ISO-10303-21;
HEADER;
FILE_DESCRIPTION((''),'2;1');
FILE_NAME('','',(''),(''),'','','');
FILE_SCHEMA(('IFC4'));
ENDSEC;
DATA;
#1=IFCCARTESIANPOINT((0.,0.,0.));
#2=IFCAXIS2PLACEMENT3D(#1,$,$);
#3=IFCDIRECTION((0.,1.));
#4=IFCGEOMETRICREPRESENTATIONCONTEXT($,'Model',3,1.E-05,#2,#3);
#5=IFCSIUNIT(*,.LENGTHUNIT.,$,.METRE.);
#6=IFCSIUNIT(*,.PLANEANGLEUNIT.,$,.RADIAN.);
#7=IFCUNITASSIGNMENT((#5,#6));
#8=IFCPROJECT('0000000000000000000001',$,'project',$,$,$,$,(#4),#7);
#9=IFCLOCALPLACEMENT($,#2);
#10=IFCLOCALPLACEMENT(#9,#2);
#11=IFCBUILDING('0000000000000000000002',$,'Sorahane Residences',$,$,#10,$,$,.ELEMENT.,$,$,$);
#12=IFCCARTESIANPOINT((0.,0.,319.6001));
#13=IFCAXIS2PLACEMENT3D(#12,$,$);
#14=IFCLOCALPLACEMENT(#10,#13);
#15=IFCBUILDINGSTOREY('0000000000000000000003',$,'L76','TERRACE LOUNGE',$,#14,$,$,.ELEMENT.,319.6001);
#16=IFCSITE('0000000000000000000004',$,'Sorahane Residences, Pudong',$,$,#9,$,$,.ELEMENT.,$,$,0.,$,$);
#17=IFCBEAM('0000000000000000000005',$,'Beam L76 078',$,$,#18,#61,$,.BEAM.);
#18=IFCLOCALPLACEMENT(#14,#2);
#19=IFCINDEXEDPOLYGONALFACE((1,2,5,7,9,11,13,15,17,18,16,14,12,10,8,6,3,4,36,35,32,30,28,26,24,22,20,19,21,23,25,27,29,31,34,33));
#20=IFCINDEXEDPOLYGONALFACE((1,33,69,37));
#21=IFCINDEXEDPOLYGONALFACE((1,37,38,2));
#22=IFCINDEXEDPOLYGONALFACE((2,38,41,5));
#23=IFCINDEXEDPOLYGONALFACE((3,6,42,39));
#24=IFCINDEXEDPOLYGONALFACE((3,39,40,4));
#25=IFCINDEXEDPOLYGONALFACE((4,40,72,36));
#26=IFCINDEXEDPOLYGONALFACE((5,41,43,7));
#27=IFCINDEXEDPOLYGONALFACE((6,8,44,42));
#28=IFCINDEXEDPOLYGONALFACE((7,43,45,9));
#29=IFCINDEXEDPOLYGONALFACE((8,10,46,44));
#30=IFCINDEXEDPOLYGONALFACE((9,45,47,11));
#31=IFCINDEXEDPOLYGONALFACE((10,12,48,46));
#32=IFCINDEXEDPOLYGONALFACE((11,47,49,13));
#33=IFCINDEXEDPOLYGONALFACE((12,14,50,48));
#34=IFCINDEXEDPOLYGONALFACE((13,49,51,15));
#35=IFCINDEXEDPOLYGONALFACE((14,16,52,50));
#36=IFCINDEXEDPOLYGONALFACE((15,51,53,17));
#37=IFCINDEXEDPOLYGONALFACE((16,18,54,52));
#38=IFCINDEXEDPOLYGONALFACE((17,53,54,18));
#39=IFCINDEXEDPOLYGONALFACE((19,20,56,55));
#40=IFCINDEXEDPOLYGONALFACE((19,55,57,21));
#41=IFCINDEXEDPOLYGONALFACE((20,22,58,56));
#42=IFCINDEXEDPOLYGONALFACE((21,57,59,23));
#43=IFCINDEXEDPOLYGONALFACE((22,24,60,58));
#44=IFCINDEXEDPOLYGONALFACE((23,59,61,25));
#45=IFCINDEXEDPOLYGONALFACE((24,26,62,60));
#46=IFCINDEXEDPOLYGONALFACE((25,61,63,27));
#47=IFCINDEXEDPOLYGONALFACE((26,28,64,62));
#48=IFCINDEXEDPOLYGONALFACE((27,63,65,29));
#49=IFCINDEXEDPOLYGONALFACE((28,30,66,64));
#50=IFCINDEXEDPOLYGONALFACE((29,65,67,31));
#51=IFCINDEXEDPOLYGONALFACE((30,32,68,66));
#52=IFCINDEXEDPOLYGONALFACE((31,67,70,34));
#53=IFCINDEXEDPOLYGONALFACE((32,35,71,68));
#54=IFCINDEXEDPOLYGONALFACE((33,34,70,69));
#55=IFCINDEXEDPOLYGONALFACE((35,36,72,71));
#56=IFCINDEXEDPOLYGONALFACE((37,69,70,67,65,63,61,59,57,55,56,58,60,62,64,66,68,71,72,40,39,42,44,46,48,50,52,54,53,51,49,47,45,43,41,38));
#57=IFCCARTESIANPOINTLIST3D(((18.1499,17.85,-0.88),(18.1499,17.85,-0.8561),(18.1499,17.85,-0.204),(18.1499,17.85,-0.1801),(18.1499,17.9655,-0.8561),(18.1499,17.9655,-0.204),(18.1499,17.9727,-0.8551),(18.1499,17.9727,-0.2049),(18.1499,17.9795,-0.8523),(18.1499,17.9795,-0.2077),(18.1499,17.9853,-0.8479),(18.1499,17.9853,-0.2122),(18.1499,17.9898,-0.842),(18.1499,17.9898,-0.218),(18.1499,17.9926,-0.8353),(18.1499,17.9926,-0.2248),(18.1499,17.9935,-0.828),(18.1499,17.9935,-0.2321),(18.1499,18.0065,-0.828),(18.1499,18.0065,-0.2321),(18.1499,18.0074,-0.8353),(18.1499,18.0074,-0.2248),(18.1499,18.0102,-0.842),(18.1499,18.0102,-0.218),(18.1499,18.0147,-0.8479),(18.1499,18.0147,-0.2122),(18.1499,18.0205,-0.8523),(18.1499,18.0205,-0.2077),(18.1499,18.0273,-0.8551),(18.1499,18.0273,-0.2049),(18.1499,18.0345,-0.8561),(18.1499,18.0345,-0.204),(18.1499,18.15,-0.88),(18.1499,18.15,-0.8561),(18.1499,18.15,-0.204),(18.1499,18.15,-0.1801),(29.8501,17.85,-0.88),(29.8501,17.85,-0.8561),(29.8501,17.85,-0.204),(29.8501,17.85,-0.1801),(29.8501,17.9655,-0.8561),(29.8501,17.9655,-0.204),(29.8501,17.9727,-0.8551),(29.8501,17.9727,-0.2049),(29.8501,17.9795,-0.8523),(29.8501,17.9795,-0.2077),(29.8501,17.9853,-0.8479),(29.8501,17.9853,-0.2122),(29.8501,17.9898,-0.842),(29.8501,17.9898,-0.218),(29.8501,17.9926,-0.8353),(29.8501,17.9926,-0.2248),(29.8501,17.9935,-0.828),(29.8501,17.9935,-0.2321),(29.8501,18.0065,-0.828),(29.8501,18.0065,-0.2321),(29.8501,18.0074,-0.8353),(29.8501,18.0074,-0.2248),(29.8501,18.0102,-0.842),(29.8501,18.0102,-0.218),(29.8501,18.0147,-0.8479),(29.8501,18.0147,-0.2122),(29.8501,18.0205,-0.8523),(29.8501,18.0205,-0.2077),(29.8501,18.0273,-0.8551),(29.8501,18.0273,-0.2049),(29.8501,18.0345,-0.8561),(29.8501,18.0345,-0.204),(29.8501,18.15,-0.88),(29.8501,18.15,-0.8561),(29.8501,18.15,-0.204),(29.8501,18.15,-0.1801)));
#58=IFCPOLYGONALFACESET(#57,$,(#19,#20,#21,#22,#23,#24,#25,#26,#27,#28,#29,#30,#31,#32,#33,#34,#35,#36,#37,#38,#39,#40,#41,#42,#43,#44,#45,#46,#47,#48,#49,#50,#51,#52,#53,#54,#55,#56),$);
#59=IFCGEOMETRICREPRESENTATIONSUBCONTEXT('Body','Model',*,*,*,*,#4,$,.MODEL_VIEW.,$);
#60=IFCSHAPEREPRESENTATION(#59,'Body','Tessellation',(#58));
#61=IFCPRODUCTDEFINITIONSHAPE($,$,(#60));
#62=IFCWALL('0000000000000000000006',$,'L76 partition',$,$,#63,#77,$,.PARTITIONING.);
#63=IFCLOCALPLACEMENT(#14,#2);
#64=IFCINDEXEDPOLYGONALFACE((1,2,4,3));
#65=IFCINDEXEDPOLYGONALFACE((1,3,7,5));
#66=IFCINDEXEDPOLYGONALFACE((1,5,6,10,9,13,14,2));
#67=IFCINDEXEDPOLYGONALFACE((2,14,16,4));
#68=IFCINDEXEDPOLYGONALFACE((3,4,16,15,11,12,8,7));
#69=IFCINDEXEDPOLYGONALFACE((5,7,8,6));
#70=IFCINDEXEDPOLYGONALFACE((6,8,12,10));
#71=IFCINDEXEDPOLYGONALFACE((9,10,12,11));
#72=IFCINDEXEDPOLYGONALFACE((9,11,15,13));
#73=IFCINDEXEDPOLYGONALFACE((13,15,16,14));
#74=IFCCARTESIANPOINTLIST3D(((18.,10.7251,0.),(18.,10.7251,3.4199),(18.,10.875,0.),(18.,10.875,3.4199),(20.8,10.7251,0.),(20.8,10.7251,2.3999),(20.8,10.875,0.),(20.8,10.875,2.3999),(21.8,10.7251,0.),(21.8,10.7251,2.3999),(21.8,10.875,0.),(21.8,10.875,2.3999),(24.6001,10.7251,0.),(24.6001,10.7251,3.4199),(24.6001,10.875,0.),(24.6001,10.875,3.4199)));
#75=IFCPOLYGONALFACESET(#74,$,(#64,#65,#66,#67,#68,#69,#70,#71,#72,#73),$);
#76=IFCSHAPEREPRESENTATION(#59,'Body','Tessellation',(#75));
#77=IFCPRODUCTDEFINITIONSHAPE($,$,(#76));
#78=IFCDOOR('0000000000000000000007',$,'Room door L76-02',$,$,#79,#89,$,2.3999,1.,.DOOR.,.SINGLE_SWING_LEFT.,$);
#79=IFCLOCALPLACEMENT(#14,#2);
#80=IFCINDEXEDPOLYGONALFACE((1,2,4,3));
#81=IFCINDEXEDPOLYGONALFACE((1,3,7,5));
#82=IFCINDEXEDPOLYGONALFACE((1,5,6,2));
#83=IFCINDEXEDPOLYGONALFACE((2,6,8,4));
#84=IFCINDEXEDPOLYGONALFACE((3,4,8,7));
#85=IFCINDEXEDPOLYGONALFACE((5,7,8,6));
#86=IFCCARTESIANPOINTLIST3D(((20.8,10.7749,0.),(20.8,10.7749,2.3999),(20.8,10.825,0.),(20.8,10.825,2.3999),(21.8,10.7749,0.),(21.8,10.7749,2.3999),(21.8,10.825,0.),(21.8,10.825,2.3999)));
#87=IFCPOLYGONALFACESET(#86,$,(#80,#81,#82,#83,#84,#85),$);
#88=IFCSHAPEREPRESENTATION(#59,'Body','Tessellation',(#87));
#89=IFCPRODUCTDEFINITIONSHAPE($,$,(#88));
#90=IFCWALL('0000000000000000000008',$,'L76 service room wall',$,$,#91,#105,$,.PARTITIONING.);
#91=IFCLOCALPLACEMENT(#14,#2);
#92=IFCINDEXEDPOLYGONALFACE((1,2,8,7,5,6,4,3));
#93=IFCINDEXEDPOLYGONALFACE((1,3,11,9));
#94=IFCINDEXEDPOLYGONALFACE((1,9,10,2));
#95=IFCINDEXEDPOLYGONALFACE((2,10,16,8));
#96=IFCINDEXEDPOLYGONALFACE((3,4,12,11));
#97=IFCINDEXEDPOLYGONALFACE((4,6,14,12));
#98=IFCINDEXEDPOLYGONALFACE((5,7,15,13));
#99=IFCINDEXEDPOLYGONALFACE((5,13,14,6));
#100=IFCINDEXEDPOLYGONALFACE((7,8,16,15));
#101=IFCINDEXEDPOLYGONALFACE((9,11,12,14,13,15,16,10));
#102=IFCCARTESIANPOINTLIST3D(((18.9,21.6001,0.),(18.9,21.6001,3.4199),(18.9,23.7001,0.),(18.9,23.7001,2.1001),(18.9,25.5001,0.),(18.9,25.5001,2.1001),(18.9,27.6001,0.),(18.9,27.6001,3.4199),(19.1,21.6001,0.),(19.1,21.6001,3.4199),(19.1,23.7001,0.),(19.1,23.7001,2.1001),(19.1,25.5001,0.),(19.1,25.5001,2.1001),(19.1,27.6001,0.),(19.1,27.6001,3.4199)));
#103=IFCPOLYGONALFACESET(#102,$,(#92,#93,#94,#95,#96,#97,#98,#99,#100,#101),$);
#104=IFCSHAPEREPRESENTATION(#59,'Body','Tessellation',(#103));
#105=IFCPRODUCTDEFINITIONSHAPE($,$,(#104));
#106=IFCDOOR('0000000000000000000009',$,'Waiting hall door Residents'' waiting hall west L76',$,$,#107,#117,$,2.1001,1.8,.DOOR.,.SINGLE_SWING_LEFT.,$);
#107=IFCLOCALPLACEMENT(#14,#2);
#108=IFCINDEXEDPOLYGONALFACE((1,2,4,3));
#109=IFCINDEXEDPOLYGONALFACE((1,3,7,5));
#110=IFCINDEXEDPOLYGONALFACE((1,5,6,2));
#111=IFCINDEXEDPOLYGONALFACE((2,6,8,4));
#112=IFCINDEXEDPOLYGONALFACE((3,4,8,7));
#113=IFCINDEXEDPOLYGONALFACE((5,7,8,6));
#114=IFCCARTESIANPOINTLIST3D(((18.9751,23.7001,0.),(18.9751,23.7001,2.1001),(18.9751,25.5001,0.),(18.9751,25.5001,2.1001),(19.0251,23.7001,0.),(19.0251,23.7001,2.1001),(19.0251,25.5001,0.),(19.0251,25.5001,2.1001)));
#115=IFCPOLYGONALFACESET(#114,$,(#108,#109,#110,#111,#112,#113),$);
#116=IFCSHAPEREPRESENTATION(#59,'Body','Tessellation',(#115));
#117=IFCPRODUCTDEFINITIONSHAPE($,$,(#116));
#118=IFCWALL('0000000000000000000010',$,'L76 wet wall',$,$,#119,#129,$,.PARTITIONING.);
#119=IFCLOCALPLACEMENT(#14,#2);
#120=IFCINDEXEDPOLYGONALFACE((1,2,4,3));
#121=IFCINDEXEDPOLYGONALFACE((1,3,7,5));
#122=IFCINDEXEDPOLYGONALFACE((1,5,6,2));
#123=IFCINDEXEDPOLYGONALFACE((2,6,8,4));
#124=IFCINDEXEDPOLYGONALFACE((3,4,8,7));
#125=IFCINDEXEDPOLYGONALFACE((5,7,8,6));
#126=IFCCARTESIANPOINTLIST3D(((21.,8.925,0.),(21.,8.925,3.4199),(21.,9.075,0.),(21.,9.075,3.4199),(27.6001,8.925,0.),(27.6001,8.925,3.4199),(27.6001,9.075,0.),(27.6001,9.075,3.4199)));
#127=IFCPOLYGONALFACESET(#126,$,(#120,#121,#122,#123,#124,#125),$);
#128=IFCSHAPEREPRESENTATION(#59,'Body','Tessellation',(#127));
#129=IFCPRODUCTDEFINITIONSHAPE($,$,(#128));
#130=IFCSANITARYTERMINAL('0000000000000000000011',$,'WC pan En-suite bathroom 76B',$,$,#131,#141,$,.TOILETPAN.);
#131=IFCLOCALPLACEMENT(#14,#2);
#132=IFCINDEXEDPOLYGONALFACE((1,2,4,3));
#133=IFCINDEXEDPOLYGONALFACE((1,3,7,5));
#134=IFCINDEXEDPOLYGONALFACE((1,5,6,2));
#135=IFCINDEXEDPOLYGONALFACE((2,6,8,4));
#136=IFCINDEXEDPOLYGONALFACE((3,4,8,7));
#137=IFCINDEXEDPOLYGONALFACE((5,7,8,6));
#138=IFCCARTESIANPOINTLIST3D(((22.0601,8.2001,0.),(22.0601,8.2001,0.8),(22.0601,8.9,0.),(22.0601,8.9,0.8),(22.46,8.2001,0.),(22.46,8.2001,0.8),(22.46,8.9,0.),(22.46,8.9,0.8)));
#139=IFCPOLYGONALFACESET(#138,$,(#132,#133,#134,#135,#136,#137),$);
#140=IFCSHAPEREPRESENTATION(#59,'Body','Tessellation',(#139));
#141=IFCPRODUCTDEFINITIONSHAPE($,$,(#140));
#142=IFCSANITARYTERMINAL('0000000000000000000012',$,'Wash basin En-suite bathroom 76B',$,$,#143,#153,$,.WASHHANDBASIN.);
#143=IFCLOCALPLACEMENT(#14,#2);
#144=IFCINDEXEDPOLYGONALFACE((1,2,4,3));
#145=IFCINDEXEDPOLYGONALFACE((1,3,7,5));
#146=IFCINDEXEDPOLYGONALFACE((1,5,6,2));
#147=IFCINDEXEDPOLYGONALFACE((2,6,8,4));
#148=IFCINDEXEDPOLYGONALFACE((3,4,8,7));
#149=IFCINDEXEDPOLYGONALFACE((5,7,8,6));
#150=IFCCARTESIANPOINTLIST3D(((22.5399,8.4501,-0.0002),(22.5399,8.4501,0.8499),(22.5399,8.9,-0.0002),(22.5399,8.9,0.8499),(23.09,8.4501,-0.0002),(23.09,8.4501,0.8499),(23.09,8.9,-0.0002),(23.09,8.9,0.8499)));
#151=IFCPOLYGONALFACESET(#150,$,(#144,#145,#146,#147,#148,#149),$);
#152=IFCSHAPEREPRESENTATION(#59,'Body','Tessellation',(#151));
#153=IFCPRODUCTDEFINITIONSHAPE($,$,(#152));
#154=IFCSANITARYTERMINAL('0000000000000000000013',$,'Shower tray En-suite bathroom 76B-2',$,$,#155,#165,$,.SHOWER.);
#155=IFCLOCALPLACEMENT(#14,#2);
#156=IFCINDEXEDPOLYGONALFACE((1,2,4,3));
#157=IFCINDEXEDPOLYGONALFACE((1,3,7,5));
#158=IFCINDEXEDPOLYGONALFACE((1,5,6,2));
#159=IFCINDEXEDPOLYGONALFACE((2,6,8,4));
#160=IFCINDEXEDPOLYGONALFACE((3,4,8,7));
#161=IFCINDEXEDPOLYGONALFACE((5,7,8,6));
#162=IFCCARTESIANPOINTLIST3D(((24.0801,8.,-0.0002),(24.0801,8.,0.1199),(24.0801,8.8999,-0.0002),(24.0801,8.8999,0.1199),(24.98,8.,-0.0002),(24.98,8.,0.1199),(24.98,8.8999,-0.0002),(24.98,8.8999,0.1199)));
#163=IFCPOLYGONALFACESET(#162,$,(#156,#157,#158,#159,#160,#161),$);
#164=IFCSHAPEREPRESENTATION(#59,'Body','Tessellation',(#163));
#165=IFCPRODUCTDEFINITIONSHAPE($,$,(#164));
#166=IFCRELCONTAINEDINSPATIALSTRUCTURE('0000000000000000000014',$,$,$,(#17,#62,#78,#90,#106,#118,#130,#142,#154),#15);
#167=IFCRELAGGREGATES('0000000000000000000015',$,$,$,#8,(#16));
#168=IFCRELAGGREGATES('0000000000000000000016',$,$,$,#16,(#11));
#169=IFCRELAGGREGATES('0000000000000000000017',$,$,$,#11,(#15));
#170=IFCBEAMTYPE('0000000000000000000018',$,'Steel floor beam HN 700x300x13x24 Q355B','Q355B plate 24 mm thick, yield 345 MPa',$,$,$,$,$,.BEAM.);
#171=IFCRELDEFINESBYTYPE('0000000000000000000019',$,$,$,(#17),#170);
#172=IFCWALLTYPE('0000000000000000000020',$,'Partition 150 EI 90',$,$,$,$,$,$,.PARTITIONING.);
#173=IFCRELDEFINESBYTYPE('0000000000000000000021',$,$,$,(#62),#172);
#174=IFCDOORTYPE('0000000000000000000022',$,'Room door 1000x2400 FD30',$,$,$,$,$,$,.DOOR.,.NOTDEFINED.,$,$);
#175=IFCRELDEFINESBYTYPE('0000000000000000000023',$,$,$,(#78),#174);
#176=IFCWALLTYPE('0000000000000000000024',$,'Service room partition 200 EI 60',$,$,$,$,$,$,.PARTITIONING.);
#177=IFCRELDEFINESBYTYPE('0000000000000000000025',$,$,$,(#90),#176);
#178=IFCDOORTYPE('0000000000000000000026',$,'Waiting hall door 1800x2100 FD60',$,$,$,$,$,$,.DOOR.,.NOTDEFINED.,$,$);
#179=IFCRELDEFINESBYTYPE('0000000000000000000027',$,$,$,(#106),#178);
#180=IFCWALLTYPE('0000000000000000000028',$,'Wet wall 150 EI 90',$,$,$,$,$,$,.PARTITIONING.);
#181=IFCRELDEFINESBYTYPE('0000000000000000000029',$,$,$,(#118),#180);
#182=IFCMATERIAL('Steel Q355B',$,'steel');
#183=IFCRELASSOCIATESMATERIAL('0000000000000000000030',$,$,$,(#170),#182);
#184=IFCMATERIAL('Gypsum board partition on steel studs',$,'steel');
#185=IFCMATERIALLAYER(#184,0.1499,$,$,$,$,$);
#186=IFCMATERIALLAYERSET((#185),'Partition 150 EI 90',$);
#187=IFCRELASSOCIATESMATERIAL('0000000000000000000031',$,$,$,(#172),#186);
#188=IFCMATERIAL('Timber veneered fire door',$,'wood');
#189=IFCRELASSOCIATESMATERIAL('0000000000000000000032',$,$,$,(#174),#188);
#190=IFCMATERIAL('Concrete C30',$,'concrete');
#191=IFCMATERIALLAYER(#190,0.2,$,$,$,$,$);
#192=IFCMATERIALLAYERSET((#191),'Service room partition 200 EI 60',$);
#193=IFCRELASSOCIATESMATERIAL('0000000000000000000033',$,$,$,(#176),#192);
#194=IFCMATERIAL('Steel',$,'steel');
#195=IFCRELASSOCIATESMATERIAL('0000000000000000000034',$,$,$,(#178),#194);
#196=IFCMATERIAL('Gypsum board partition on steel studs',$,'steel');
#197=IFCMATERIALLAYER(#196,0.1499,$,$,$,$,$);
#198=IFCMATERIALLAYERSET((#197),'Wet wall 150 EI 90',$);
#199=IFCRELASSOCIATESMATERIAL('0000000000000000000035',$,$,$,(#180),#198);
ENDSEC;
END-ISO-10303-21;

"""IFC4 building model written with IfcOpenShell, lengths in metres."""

from ifc_helpers import new_model, si_unit, direction, frame, frame_2d, origin, origin_2d, place, context, subcontext, project, spatial, rectangle, i_section, extrude, material, layer, layer_set, material_profile, profile_set, type_object, element, fill, save


model = new_model("IFC4")

# Units and contexts
model_context = context("Model", 3, precision=1e-05, world=origin(), true_north=direction((0.0, 1.0)))
body_context = subcontext(model_context, "Body", "Model", "MODEL_VIEW")
ifc_project = project(units=[si_unit("LENGTHUNIT", "METRE"), si_unit("PLANEANGLEUNIT", "RADIAN")], contexts=[model_context])

# Site, building, storey
site_placement = place(None, origin())
site = spatial("IfcSite", under=ifc_project, at=site_placement, Name="Sorahane Residences, Pudong", CompositionType="ELEMENT", RefElevation=0.0)
building_placement = place(site_placement, origin())
building = spatial("IfcBuilding", under=site, at=building_placement, Name="Sorahane Residences", CompositionType="ELEMENT")
storey_placement = place(building_placement, frame((0.0, 0.0, 319.6001)))
storey = spatial("IfcBuildingStorey", under=building, at=storey_placement, Name="L76", Description="TERRACE LOUNGE", CompositionType="ELEMENT", Elevation=319.6001)

# Beam
ifc_material_1 = material(Name="Steel Q355B", Category="steel")
ifc_material_profile_1 = material_profile(ifc_material_1, i_section(OverallWidth=0.3, OverallDepth=0.7, WebThickness=0.0129, FlangeThickness=0.0239, FilletRadius=0.0281, at=origin_2d()), Name="HN 700x300x13x24")
ifc_profile_set_1 = profile_set([ifc_material_profile_1], Name="Steel Q355B")
beam_type_1 = type_object("IfcBeamType", Name="Steel floor beam HN 700x300x13x24 Q355B", Description="Q355B plate 24 mm thick, yield 345 MPa", PredefinedType="BEAM", material=ifc_profile_set_1)
beam_1_placement = place(storey_placement, frame((18.1499, 18.0, -0.53), z_axis=(1.0, 0.0, 0.0), x_axis=(0.0, 1.0, 0.0)))
element("IfcBeam", 1, at=beam_1_placement, inside=storey, type_object=beam_type_1, Name="Beam L76 078", PredefinedType="BEAM", context=body_context, shape_type="SweptSolid", body=[
    extrude(i_section(OverallWidth=0.3, OverallDepth=0.7, WebThickness=0.0129, FlangeThickness=0.0239, FilletRadius=0.0281, at=origin_2d()), origin(), (0.0, 0.0, 1.0), 11.7002),
])

# Walls, openings, doors
ifc_material_2 = material(Name="Gypsum board partition on steel studs", Category="steel")
ifc_layer_1 = layer(ifc_material_2, 0.1499)
ifc_layer_set_1 = layer_set([ifc_layer_1], Name="Partition 150 EI 90")
wall_type_1 = type_object("IfcWallType", Name="Partition 150 EI 90", PredefinedType="PARTITIONING", material=ifc_layer_set_1)
wall_1_placement = place(storey_placement, frame((18.0, 10.8, 0.0), z_axis=(0.0, 0.0, 1.0), x_axis=(1.0, 0.0, 0.0)))
wall_1 = element("IfcWall", 2, at=wall_1_placement, inside=storey, type_object=wall_type_1, Name="L76 partition", PredefinedType="PARTITIONING", context=body_context, shape_type="SweptSolid", body=[
    extrude(rectangle(XDim=6.6001, YDim=0.1499, at=frame_2d((3.3, 0.0))), origin(), (0.0, 0.0, 1.0), 3.4199),
])
opening_1_placement = place(wall_1_placement, frame((2.8, 0.0, 0.0)))
opening_1 = element("IfcOpeningElement", 3, at=opening_1_placement, cuts=wall_1, PredefinedType="OPENING", context=body_context, shape_type="SweptSolid", body=[
    extrude(rectangle(XDim=1.0, YDim=2.3999, at=frame_2d((0.5, 1.2))), frame((0.0, 0.085, 0.0), z_axis=(0.0, -1.0, 0.0), x_axis=(1.0, 0.0, 0.0)), (0.0, 0.0, 1.0), 0.1699),
])
ifc_material_3 = material(Name="Timber veneered fire door", Category="wood")
door_type_1 = type_object("IfcDoorType", Name="Room door 1000x2400 FD30", OperationType="NOTDEFINED", PredefinedType="DOOR", material=ifc_material_3)
door_1_placement = place(opening_1_placement, origin())
door_1 = element("IfcDoor", 4, at=door_1_placement, inside=storey, type_object=door_type_1, Name="Room door L76-02", OperationType="SINGLE_SWING_LEFT", OverallHeight=2.3999, OverallWidth=1.0, PredefinedType="DOOR", context=body_context, shape_type="SweptSolid", body=[
    extrude(rectangle(XDim=1.0, YDim=2.3999, at=frame_2d((0.5, 1.2))), frame((0.0, 0.0249, 0.0), z_axis=(0.0, -1.0, 0.0), x_axis=(1.0, 0.0, 0.0)), (0.0, 0.0, 1.0), 0.05),
])
fill(opening_1, door_1)
ifc_material_4 = material(Name="Concrete C30", Category="concrete")
ifc_layer_2 = layer(ifc_material_4, 0.2)
ifc_layer_set_2 = layer_set([ifc_layer_2], Name="Service room partition 200 EI 60")
wall_type_2 = type_object("IfcWallType", Name="Service room partition 200 EI 60", PredefinedType="PARTITIONING", material=ifc_layer_set_2)
wall_2_placement = place(storey_placement, frame((19.0, 21.6001, 0.0), z_axis=(0.0, 0.0, 1.0), x_axis=(0.0, 1.0, 0.0)))
wall_2 = element("IfcWall", 5, at=wall_2_placement, inside=storey, type_object=wall_type_2, Name="L76 service room wall", PredefinedType="PARTITIONING", context=body_context, shape_type="SweptSolid", body=[
    extrude(rectangle(XDim=6.0, YDim=0.2, at=frame_2d((3.0, 0.0))), origin(), (0.0, 0.0, 1.0), 3.4199),
])
opening_2_placement = place(wall_2_placement, frame((2.1001, 0.0, 0.0)))
opening_2 = element("IfcOpeningElement", 6, at=opening_2_placement, cuts=wall_2, PredefinedType="OPENING", context=body_context, shape_type="SweptSolid", body=[
    extrude(rectangle(XDim=1.8, YDim=2.1001, at=frame_2d((0.8999, 1.05))), frame((0.0, 0.1099, 0.0), z_axis=(0.0, -1.0, 0.0), x_axis=(1.0, 0.0, 0.0)), (0.0, 0.0, 1.0), 0.22),
])
ifc_material_5 = material(Name="Steel", Category="steel")
door_type_2 = type_object("IfcDoorType", Name="Waiting hall door 1800x2100 FD60", OperationType="NOTDEFINED", PredefinedType="DOOR", material=ifc_material_5)
door_2_placement = place(opening_2_placement, origin())
door_2 = element("IfcDoor", 7, at=door_2_placement, inside=storey, type_object=door_type_2, Name="Waiting hall door Residents' waiting hall west L76", OperationType="SINGLE_SWING_LEFT", OverallHeight=2.1001, OverallWidth=1.8, PredefinedType="DOOR", context=body_context, shape_type="SweptSolid", body=[
    extrude(rectangle(XDim=1.8, YDim=2.1001, at=frame_2d((0.8999, 1.05))), frame((0.0, 0.0249, 0.0), z_axis=(0.0, -1.0, 0.0), x_axis=(1.0, 0.0, 0.0)), (0.0, 0.0, 1.0), 0.05),
])
fill(opening_2, door_2)

# Wall
ifc_material_6 = material(Name="Gypsum board partition on steel studs", Category="steel")
ifc_layer_3 = layer(ifc_material_6, 0.1499)
ifc_layer_set_3 = layer_set([ifc_layer_3], Name="Wet wall 150 EI 90")
wall_type_3 = type_object("IfcWallType", Name="Wet wall 150 EI 90", PredefinedType="PARTITIONING", material=ifc_layer_set_3)
wall_3_placement = place(storey_placement, frame((21.0, 9.0, 0.0), z_axis=(0.0, 0.0, 1.0), x_axis=(1.0, 0.0, 0.0)))
element("IfcWall", 8, at=wall_3_placement, inside=storey, type_object=wall_type_3, Name="L76 wet wall", PredefinedType="PARTITIONING", context=body_context, shape_type="SweptSolid", body=[
    extrude(rectangle(XDim=6.6001, YDim=0.1499, at=frame_2d((3.3, 0.0))), origin(), (0.0, 0.0, 1.0), 3.4199),
])

# Sanitary terminals
sanitary_terminal_1_placement = place(storey_placement, frame((22.26, 8.55, 0.0), z_axis=(0.0, 0.0, 1.0), x_axis=(1.0, 0.0, 0.0)))
element("IfcSanitaryTerminal", 9, at=sanitary_terminal_1_placement, inside=storey, Name="WC pan En-suite bathroom 76B", PredefinedType="TOILETPAN", context=body_context, shape_type="SweptSolid", body=[
    extrude(rectangle(XDim=0.3999, YDim=0.7, at=origin_2d()), origin(), (0.0, 0.0, 1.0), 0.8),
])
sanitary_terminal_2_placement = place(storey_placement, frame((22.8149, 8.675, -0.0002), z_axis=(0.0, 0.0, 1.0), x_axis=(1.0, 0.0, 0.0)))
element("IfcSanitaryTerminal", 10, at=sanitary_terminal_2_placement, inside=storey, Name="Wash basin En-suite bathroom 76B", PredefinedType="WASHHANDBASIN", context=body_context, shape_type="SweptSolid", body=[
    extrude(rectangle(XDim=0.55, YDim=0.45, at=origin_2d()), origin(), (0.0, 0.0, 1.0), 0.8501),
])
sanitary_terminal_3_placement = place(storey_placement, frame((24.53, 8.45, -0.0002), z_axis=(0.0, 0.0, 1.0), x_axis=(1.0, 0.0, 0.0)))
element("IfcSanitaryTerminal", 11, at=sanitary_terminal_3_placement, inside=storey, Name="Shower tray En-suite bathroom 76B-2", PredefinedType="SHOWER", context=body_context, shape_type="SweptSolid", body=[
    extrude(rectangle(XDim=0.8999, YDim=0.8999, at=origin_2d()), origin(), (0.0, 0.0, 1.0), 0.1201),
])

save(model, "model.ifc")
